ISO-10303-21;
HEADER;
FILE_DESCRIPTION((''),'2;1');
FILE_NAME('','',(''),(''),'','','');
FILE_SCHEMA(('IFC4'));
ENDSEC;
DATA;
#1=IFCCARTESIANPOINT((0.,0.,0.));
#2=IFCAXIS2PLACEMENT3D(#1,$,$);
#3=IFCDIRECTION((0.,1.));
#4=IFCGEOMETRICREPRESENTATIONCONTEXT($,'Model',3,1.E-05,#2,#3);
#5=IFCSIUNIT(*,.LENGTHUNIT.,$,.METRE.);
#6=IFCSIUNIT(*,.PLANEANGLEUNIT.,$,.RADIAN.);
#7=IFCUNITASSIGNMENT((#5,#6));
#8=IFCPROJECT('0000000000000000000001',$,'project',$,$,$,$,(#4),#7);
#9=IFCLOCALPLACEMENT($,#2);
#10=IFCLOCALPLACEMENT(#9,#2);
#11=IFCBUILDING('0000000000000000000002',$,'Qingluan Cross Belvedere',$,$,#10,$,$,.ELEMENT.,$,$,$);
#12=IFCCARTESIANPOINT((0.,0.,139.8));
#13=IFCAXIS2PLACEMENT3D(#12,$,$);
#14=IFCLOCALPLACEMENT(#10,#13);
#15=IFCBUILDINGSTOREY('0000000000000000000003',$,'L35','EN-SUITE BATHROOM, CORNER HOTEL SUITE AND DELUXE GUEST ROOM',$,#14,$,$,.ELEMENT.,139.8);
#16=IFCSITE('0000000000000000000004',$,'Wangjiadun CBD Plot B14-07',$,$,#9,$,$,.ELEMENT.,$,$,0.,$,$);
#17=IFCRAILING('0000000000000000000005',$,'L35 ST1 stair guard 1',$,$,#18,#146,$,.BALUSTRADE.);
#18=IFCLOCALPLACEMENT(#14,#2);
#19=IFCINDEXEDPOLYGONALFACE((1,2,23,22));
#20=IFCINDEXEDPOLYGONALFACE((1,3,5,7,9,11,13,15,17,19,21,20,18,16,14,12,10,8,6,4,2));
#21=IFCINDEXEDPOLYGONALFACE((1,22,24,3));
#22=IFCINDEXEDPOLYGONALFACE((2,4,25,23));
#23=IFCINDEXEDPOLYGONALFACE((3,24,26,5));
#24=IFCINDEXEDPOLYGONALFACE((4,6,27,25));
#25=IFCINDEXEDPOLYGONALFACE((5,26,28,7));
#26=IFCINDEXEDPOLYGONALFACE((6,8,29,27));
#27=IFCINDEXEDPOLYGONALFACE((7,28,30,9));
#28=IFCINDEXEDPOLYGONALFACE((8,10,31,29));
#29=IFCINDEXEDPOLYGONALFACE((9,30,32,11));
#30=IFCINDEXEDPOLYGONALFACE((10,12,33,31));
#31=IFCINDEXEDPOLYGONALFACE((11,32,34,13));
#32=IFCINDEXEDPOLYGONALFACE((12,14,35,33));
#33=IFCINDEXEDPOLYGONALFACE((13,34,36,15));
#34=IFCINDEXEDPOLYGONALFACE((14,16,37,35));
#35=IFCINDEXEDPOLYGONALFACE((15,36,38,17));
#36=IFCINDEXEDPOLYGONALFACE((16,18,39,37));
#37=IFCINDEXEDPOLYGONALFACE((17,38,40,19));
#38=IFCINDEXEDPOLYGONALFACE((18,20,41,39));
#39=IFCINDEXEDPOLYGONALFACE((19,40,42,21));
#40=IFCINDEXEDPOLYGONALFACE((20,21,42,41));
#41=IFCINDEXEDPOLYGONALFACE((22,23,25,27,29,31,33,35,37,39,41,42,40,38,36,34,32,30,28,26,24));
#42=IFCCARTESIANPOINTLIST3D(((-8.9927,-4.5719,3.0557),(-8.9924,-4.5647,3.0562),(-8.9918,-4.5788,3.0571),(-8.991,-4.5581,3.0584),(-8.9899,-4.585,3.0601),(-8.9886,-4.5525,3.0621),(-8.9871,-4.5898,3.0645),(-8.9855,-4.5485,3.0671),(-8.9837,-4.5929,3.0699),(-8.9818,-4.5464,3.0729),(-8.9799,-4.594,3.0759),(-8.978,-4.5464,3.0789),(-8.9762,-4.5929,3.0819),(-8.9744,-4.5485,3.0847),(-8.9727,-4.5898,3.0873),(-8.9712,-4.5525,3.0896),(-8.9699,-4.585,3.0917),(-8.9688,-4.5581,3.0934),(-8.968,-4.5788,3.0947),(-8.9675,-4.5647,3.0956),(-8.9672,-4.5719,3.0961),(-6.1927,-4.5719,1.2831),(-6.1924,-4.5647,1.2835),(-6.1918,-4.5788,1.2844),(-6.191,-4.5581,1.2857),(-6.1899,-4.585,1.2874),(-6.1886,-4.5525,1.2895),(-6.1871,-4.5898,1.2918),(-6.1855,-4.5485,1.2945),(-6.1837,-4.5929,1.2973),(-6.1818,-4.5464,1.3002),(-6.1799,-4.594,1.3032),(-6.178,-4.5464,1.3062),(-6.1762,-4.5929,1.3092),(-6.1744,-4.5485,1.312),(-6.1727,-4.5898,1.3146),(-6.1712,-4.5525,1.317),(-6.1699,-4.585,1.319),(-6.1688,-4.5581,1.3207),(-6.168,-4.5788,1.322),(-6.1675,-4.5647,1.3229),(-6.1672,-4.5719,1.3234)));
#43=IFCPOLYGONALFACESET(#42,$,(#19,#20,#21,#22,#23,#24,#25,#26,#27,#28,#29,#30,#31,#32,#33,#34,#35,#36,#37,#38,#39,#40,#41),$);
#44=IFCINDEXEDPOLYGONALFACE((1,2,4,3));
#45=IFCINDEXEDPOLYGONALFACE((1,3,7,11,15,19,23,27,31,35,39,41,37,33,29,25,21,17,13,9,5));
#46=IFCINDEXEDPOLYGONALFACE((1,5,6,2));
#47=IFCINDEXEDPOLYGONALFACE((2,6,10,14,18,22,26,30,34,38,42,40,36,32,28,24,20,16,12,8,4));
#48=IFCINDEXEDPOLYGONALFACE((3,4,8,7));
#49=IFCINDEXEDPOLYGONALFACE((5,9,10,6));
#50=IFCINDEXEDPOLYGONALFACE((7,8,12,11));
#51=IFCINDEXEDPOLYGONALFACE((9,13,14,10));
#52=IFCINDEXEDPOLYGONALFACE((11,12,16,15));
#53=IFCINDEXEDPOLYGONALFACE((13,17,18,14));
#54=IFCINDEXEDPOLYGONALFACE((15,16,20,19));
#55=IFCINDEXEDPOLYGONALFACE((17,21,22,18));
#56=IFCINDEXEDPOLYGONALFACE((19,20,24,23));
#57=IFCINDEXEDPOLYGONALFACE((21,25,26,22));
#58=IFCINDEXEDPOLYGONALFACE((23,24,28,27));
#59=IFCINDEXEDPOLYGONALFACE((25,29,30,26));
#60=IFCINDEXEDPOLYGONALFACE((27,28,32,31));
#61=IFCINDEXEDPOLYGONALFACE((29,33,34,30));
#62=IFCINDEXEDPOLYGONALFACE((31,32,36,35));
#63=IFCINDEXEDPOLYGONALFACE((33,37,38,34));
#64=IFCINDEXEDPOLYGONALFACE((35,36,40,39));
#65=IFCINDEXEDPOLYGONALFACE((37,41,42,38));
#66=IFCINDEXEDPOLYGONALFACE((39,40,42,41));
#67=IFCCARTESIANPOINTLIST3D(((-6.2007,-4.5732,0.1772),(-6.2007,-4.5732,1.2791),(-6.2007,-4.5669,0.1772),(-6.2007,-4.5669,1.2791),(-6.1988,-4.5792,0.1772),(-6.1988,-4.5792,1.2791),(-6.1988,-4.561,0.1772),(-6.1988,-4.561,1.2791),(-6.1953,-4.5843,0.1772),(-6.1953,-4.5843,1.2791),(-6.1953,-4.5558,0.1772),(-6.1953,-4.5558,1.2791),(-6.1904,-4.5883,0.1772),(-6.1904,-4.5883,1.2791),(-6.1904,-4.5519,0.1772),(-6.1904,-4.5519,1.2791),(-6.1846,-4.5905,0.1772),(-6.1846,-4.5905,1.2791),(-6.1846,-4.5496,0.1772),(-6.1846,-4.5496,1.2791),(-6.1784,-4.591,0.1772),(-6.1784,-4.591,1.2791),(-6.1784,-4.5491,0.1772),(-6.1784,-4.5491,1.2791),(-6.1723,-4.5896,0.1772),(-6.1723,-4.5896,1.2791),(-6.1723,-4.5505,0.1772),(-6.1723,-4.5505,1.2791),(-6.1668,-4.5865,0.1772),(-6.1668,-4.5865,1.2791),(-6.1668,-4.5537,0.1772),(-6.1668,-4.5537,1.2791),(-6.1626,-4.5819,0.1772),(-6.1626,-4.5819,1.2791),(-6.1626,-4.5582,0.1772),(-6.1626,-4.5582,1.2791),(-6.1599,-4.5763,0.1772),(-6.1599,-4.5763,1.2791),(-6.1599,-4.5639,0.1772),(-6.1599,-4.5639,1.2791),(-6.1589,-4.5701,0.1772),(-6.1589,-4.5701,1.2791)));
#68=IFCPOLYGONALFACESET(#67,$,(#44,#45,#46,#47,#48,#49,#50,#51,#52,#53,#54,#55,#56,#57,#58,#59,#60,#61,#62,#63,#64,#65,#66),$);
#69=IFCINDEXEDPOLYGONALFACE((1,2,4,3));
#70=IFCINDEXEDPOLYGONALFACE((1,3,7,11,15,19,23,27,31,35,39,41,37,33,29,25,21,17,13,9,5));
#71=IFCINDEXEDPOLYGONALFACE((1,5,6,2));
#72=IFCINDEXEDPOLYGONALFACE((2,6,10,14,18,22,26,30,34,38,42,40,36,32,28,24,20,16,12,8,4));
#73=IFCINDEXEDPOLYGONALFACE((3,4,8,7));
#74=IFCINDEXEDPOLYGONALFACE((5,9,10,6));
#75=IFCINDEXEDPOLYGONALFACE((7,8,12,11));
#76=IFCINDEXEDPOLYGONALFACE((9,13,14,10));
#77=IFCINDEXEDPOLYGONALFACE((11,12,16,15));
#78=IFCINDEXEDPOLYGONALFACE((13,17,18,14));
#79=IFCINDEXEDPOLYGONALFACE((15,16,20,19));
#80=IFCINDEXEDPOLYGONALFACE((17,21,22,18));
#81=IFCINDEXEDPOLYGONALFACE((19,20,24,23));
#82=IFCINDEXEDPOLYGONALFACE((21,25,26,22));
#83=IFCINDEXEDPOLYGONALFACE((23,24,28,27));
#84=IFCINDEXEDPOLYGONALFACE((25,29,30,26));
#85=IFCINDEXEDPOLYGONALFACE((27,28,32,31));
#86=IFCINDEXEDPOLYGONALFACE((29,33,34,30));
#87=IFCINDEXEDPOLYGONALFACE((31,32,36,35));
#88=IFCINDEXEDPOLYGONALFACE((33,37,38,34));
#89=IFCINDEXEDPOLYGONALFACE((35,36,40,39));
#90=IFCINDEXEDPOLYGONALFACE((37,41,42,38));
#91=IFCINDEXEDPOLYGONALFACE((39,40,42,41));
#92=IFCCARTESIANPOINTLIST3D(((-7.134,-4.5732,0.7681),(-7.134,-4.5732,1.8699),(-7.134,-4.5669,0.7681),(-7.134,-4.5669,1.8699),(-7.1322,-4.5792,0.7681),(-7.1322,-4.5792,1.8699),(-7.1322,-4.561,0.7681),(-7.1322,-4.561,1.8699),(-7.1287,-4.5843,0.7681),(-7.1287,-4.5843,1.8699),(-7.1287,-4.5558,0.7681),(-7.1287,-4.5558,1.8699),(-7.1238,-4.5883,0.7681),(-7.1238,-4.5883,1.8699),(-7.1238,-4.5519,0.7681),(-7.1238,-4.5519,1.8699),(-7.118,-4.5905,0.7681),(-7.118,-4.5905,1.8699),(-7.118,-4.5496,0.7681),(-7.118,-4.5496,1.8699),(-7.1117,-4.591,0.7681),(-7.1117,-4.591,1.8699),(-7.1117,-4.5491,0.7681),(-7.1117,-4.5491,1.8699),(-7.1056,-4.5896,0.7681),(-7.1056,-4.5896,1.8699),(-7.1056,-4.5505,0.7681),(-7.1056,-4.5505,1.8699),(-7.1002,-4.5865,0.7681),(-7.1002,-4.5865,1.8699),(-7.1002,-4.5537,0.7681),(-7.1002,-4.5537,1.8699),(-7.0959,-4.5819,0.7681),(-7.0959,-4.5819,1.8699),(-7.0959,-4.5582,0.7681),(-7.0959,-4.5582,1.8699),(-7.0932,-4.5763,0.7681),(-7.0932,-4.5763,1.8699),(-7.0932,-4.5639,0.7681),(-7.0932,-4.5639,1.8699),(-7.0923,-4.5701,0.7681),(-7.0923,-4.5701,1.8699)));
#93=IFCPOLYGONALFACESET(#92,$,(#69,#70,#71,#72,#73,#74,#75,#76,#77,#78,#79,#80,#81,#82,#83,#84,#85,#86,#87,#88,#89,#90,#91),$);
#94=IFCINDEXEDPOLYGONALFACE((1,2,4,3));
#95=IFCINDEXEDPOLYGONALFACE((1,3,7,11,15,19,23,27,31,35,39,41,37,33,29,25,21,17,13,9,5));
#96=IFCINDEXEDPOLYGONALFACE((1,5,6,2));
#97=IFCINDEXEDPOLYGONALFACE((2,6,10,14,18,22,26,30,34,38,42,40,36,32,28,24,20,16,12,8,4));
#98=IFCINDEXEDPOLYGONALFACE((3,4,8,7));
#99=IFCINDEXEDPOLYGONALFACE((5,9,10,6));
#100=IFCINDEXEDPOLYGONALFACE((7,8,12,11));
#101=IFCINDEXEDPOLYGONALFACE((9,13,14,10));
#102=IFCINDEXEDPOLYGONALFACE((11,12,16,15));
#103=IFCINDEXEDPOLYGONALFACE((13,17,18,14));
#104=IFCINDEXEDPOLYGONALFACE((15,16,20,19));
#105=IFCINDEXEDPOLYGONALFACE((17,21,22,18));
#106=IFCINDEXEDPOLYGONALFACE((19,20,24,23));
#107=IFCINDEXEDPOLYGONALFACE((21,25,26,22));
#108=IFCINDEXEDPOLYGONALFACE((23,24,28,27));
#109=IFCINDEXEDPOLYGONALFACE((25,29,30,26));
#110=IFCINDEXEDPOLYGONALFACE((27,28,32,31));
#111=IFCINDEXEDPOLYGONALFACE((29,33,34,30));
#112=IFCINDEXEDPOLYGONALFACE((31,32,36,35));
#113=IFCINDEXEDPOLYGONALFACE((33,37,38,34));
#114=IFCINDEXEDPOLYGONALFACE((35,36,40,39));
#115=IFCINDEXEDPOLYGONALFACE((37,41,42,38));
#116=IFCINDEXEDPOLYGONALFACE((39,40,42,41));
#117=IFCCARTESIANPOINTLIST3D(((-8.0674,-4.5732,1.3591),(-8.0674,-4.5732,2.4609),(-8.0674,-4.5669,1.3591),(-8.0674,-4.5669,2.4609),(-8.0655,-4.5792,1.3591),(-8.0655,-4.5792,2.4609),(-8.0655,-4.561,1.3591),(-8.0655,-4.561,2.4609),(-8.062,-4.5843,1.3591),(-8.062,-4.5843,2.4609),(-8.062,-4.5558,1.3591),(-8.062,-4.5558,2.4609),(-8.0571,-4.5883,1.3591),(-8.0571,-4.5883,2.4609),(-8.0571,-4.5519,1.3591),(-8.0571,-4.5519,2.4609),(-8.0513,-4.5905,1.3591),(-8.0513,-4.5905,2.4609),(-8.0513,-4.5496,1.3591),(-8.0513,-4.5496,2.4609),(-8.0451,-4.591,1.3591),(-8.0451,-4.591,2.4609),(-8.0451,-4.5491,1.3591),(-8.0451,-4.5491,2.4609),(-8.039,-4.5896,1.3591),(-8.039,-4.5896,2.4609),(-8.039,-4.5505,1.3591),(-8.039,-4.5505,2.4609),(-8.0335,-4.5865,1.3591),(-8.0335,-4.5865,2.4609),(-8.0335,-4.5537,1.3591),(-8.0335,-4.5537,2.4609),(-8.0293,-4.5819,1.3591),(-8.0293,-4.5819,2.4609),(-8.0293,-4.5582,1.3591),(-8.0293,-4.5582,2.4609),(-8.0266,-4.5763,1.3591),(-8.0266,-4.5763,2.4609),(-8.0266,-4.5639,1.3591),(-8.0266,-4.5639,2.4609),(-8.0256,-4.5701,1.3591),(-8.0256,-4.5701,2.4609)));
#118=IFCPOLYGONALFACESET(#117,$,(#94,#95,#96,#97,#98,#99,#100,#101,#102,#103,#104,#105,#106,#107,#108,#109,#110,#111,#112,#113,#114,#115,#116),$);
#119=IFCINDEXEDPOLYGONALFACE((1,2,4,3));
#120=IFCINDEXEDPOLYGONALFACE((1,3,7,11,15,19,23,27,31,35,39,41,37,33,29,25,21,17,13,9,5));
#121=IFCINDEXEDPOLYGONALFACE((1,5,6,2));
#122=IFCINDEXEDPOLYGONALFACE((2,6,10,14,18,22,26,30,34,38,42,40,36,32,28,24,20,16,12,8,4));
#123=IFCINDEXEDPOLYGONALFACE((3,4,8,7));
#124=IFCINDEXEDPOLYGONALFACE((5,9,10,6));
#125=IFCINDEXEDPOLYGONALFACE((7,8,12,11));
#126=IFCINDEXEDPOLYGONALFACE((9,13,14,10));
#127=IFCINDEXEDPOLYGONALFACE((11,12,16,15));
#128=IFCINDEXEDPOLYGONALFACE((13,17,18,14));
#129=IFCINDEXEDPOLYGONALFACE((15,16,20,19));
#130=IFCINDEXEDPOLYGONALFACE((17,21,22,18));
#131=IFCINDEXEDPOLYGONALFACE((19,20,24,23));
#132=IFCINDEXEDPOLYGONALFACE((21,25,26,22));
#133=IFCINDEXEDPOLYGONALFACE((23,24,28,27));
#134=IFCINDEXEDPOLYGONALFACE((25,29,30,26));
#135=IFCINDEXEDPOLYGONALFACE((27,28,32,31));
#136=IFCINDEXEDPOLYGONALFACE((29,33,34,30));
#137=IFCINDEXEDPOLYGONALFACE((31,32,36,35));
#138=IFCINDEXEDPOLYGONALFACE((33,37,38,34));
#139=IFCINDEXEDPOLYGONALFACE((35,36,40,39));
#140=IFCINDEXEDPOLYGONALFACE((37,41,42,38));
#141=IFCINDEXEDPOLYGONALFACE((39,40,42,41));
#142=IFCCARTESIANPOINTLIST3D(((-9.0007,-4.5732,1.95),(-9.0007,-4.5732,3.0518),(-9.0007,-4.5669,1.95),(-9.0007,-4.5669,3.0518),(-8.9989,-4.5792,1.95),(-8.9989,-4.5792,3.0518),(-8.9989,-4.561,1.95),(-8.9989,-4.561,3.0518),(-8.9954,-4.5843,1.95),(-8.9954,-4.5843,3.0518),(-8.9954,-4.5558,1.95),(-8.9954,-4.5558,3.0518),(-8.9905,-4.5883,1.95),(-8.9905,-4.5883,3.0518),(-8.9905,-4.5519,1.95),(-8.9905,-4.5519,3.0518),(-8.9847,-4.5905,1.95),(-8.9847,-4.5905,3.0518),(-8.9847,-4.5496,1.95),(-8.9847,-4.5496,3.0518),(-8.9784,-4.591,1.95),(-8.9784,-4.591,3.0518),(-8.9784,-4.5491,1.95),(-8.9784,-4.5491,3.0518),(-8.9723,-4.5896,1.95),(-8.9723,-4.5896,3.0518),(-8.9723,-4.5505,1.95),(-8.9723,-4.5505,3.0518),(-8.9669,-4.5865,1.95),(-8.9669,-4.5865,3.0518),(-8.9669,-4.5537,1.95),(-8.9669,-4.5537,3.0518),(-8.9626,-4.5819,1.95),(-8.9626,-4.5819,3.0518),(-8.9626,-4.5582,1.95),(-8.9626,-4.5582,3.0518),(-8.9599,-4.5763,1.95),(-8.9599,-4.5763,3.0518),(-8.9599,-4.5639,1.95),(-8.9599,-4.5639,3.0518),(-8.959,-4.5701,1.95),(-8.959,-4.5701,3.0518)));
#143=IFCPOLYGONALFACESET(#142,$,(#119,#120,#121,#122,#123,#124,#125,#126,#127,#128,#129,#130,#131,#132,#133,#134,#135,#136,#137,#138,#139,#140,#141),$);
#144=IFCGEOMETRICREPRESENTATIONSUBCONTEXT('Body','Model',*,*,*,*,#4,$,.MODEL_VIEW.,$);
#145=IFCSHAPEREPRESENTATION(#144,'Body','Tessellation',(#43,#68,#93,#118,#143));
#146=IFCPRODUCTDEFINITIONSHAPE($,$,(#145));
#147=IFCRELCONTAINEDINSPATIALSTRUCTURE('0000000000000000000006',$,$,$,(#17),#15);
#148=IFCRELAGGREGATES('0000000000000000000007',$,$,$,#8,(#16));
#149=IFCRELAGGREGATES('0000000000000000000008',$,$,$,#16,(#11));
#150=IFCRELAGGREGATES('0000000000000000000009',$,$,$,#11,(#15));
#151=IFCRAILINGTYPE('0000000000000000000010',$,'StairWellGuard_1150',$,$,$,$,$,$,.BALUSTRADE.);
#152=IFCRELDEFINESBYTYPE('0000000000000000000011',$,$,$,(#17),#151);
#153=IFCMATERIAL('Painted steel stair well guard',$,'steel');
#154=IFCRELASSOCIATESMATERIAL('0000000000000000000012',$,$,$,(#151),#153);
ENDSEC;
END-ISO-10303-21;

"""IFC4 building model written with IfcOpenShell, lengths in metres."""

from ifc_helpers import new_model, si_unit, direction, frame, origin, origin_2d, place, context, subcontext, project, spatial, circle, extrude, material, type_object, element, save


model = new_model("IFC4")

# Units and contexts
model_context = context("Model", 3, precision=1e-05, world=origin(), true_north=direction((0.0, 1.0)))
body_context = subcontext(model_context, "Body", "Model", "MODEL_VIEW")
ifc_project = project(units=[si_unit("LENGTHUNIT", "METRE"), si_unit("PLANEANGLEUNIT", "RADIAN")], contexts=[model_context])

# Site, building, storey
site_placement = place(None, origin())
site = spatial("IfcSite", under=ifc_project, at=site_placement, Name="Wangjiadun CBD Plot B14-07", CompositionType="ELEMENT", RefElevation=0.0)
building_placement = place(site_placement, origin())
building = spatial("IfcBuilding", under=site, at=building_placement, Name="Qingluan Cross Belvedere", CompositionType="ELEMENT")
storey_placement = place(building_placement, frame((0.0, 0.0, 139.8)))
storey = spatial("IfcBuildingStorey", under=building, at=storey_placement, Name="L35", Description="EN-SUITE BATHROOM, CORNER HOTEL SUITE AND DELUXE GUEST ROOM", CompositionType="ELEMENT", Elevation=139.8)

# Railing
ifc_material_1 = material(Name="Painted steel stair well guard", Category="steel")
railing_type_1 = type_object("IfcRailingType", Name="StairWellGuard_1150", PredefinedType="BALUSTRADE", material=ifc_material_1)
railing_1_placement = place(storey_placement, frame((-6.1799, -4.5701, 0.1772)))
element("IfcRailing", 1, at=railing_1_placement, inside=storey, type_object=railing_type_1, Name="L35 ST1 stair guard 1", PredefinedType="BALUSTRADE", context=body_context, shape_type="SweptSolid", body=[
    extrude(circle(Radius=0.0239, at=origin_2d()), frame((0.0, 0.0, 1.126), z_axis=(-0.844909, 0.0, 0.53491), x_axis=(0.0, -1.0, 0.0)), (0.0, 0.0, 1.0), 3.314),
    extrude(circle(Radius=0.021, at=origin_2d()), origin(), (0.0, 0.0, 1.0), 1.1018),
    extrude(circle(Radius=0.021, at=origin_2d()), frame((-0.9333, 0.0, 0.5908)), (0.0, 0.0, 1.0), 1.1018),
    extrude(circle(Radius=0.021, at=origin_2d()), frame((-1.8667, 0.0, 1.1819)), (0.0, 0.0, 1.0), 1.1018),
    extrude(circle(Radius=0.021, at=origin_2d()), frame((-2.8, 0.0, 1.7727)), (0.0, 0.0, 1.0), 1.1018),
])

save(model, "model.ifc")
